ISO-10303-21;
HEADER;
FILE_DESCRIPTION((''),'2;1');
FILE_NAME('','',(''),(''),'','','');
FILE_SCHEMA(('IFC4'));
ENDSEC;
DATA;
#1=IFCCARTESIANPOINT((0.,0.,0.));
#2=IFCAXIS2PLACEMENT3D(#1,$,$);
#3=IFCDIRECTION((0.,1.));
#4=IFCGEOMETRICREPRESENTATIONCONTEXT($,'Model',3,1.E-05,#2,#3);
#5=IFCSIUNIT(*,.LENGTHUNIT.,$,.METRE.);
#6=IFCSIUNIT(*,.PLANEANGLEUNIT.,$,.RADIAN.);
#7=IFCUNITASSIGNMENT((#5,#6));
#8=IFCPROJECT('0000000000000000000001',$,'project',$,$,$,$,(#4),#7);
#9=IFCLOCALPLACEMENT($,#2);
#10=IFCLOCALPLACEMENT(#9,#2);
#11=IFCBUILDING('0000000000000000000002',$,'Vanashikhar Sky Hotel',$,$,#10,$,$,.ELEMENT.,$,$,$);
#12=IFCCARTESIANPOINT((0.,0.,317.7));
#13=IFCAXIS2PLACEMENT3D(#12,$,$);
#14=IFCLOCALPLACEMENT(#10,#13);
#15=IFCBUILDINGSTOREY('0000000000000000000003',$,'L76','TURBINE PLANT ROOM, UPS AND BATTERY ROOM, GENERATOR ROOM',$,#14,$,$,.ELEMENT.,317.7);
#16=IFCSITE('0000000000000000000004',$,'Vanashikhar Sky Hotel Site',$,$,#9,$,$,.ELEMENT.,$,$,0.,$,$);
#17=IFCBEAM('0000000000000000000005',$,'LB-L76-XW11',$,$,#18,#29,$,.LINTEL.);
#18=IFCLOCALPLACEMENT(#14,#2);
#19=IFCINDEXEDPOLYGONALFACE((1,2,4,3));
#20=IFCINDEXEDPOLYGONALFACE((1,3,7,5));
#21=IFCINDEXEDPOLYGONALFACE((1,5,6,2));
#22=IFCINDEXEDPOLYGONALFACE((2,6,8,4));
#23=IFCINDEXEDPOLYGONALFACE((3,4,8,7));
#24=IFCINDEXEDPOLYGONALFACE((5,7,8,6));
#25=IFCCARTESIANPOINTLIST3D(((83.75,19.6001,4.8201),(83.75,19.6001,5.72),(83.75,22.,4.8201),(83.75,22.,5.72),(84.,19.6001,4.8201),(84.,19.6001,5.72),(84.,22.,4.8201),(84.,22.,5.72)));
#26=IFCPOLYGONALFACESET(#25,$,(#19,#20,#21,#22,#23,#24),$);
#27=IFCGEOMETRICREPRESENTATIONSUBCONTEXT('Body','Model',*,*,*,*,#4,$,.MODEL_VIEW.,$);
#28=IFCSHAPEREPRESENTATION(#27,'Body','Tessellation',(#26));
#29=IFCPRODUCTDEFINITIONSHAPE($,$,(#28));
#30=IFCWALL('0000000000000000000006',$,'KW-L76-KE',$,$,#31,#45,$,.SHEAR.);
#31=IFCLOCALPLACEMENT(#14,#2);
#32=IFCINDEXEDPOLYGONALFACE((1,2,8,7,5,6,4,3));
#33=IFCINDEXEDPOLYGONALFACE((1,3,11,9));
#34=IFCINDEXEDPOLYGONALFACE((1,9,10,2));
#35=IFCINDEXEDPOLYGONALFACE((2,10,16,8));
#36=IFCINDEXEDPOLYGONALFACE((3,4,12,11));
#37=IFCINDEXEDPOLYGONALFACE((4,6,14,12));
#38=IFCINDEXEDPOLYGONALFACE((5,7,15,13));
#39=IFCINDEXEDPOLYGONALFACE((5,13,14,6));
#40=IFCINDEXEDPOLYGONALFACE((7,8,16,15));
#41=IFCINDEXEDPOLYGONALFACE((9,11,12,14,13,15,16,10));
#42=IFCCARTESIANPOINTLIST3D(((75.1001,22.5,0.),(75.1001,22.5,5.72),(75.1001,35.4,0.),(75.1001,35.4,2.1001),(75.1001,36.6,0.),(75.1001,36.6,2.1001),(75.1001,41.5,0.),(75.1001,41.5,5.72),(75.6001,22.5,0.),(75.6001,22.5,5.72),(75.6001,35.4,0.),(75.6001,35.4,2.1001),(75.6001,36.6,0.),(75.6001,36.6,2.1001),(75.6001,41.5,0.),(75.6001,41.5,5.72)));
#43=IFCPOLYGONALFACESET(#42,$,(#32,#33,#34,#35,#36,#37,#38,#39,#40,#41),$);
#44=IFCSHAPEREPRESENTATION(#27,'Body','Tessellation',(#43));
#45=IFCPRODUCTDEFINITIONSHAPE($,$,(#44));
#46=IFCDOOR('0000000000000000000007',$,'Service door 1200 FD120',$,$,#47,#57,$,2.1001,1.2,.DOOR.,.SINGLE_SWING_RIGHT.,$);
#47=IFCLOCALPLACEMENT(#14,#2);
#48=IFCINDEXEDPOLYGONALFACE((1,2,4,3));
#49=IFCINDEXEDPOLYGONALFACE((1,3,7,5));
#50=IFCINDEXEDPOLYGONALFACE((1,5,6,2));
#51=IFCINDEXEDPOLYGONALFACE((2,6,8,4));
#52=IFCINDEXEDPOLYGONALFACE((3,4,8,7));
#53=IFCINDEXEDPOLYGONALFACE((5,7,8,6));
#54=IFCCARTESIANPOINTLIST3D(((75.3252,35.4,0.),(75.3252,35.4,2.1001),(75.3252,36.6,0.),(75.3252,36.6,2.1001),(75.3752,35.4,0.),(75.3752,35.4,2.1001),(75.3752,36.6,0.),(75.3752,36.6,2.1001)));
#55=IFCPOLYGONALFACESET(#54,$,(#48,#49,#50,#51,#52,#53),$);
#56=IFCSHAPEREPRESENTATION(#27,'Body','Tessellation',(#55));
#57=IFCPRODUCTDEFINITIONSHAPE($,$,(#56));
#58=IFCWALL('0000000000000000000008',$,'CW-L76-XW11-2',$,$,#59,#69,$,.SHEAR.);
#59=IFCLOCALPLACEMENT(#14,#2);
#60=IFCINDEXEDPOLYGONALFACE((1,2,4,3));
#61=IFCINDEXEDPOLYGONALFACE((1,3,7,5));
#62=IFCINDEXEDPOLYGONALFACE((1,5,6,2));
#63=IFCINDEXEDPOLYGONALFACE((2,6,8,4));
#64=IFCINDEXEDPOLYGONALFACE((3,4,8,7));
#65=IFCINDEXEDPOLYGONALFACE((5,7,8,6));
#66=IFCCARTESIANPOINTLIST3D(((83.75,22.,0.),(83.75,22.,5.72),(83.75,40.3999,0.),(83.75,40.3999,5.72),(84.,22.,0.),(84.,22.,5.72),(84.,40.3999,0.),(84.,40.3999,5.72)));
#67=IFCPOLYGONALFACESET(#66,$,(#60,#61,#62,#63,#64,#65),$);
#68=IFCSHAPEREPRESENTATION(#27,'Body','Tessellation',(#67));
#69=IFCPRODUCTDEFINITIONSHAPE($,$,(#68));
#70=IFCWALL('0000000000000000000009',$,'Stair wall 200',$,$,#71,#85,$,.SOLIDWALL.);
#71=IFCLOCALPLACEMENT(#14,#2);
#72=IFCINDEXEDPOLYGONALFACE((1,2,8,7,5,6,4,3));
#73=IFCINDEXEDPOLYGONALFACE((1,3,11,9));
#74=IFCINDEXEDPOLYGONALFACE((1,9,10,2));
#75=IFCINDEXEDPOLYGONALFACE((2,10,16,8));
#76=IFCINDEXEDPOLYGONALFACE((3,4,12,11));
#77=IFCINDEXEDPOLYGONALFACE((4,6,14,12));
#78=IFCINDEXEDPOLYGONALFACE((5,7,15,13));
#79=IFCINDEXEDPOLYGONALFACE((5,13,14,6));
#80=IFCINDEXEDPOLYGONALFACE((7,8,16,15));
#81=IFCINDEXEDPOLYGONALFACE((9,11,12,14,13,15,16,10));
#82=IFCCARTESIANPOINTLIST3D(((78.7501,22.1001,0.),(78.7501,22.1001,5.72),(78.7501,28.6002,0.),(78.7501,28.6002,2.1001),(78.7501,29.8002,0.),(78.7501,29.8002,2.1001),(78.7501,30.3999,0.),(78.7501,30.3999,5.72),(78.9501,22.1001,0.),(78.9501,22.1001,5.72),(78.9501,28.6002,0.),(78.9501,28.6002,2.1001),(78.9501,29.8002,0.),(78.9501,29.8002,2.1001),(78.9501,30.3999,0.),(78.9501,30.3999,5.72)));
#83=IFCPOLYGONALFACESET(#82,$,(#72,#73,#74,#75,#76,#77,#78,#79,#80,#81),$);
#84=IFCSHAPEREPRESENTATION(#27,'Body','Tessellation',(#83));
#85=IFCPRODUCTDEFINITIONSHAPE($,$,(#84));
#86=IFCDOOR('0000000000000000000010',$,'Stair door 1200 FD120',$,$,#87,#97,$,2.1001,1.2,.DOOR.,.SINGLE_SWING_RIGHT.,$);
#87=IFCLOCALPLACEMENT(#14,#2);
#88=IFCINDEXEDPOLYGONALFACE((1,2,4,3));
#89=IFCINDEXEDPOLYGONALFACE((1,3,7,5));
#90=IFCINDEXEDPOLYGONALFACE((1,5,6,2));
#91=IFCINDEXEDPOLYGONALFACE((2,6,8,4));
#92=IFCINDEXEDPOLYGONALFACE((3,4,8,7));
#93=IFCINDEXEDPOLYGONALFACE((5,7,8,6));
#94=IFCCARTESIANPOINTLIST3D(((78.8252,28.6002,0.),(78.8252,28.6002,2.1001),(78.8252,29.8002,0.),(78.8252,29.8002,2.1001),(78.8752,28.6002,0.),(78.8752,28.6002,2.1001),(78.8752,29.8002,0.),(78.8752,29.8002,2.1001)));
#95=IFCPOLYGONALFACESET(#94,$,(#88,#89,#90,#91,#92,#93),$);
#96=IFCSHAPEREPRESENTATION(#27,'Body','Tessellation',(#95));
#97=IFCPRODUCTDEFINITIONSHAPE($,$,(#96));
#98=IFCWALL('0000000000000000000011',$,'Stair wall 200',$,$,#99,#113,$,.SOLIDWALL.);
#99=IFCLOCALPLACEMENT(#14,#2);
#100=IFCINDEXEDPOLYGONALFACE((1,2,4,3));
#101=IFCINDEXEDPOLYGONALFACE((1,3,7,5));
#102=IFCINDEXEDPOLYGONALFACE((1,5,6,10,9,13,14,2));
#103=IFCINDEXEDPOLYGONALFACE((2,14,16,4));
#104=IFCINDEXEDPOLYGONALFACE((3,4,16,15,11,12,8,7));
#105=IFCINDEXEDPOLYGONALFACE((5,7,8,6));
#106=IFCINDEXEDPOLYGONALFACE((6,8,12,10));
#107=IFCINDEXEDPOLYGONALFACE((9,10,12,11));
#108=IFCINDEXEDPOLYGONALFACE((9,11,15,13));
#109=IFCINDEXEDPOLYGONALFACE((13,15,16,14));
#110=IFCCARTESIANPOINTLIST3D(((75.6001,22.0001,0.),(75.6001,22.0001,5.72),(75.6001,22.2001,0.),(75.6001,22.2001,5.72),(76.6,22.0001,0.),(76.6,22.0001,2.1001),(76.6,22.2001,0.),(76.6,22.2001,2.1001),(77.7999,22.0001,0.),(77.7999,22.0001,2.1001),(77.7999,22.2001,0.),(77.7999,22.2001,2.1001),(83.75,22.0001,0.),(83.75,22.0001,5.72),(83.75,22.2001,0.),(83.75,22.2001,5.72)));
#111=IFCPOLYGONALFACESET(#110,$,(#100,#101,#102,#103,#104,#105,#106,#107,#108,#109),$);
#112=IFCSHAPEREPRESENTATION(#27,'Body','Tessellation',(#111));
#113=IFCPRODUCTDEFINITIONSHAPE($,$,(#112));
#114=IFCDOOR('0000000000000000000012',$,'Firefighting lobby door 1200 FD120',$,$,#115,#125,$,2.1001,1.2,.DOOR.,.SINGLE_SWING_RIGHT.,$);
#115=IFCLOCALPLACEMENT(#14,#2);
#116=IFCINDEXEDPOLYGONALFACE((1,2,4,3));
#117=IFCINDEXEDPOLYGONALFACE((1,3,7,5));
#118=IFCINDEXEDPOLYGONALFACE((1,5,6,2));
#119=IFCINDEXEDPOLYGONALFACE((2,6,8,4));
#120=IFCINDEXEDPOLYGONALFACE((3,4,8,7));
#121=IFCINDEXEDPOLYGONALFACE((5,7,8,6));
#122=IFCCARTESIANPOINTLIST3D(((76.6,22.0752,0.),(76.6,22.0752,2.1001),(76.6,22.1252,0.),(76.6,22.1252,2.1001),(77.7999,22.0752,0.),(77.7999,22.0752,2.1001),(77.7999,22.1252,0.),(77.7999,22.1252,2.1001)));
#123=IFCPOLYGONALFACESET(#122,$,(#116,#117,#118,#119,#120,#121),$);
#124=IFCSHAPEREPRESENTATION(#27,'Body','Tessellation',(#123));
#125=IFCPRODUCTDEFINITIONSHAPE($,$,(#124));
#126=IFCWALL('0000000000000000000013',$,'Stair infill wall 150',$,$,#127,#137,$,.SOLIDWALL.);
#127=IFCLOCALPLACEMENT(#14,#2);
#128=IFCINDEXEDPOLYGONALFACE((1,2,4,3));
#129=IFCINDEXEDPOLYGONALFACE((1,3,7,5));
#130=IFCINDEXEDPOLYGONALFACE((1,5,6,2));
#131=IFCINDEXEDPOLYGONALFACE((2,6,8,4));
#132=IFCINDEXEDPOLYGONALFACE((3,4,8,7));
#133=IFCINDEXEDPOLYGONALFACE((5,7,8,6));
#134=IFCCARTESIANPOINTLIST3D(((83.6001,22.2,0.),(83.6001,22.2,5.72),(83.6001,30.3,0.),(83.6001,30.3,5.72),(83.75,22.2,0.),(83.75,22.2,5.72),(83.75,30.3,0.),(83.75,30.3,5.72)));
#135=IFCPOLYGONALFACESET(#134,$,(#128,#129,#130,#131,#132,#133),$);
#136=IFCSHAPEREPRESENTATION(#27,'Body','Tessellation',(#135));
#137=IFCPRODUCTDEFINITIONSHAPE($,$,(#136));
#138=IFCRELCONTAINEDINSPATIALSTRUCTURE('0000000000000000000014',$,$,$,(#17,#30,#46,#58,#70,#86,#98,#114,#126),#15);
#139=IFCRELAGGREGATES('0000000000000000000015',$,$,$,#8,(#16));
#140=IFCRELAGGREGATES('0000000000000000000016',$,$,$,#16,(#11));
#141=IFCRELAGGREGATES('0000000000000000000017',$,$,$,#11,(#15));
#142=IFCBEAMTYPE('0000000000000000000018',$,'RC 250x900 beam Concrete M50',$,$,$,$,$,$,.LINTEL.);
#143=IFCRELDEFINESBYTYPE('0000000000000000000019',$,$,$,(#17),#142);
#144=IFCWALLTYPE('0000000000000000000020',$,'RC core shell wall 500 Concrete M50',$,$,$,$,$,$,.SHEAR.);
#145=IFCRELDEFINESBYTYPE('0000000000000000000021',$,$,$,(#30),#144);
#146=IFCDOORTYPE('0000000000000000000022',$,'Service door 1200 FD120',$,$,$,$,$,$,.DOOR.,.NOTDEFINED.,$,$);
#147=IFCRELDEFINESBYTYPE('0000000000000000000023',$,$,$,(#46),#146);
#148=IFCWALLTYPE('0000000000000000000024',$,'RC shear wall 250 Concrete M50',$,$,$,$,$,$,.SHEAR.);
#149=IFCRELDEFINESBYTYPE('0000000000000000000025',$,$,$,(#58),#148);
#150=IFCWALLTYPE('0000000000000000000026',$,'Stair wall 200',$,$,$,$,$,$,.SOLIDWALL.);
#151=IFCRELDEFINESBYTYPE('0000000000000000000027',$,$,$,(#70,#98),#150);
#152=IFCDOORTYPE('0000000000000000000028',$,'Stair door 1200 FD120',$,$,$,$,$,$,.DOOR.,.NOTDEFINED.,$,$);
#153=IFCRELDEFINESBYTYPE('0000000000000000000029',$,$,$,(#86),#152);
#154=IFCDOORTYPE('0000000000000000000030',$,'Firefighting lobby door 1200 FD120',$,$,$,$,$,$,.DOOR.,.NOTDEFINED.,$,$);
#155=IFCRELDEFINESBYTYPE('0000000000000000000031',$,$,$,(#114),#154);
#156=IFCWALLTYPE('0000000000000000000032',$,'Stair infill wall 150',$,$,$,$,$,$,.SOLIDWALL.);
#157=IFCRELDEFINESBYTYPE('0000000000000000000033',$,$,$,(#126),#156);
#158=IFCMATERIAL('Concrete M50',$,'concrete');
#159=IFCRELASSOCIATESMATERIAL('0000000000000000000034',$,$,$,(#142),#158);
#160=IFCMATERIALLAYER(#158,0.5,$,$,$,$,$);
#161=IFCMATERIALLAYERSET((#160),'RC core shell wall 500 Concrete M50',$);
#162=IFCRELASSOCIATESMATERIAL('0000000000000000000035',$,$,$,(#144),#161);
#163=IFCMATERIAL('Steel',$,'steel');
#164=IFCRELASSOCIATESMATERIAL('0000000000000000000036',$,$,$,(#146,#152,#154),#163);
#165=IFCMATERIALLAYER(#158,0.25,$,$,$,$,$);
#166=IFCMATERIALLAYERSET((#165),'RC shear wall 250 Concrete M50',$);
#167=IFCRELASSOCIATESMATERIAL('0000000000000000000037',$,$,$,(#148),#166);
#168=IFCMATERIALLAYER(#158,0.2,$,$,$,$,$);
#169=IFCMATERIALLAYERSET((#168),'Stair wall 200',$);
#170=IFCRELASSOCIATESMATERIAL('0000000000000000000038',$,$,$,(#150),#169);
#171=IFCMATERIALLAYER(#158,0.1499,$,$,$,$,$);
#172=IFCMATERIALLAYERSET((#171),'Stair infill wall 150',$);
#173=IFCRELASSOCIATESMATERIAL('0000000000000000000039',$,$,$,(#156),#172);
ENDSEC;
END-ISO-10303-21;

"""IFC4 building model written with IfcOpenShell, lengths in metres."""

from ifc_helpers import new_model, si_unit, direction, frame, frame_2d, origin, origin_2d, place, context, subcontext, project, spatial, rectangle, extrude, source, transform, mapped, material, layer, layer_set, material_profile, profile_set, type_object, element, fill, save


model = new_model("IFC4")

# Units and contexts
model_context = context("Model", 3, precision=1e-05, world=origin(), true_north=direction((0.0, 1.0)))
body_context = subcontext(model_context, "Body", "Model", "MODEL_VIEW")
ifc_project = project(units=[si_unit("LENGTHUNIT", "METRE"), si_unit("PLANEANGLEUNIT", "RADIAN")], contexts=[model_context])

# Site, building, storey
site_placement = place(None, origin())
site = spatial("IfcSite", under=ifc_project, at=site_placement, Name="Vanashikhar Sky Hotel Site", CompositionType="ELEMENT", RefElevation=0.0)
building_placement = place(site_placement, origin())
building = spatial("IfcBuilding", under=site, at=building_placement, Name="Vanashikhar Sky Hotel", CompositionType="ELEMENT")
storey_placement = place(building_placement, frame((0.0, 0.0, 317.7)))
storey = spatial("IfcBuildingStorey", under=building, at=storey_placement, Name="L76", Description="TURBINE PLANT ROOM, UPS AND BATTERY ROOM, GENERATOR ROOM", CompositionType="ELEMENT", Elevation=317.7)

# Beam
ifc_material_1 = material(Name="Concrete M50", Category="concrete")
ifc_material_profile = material_profile(ifc_material_1, rectangle(XDim=0.25, YDim=0.8999, at=origin_2d()))
ifc_profile_set = profile_set([ifc_material_profile], Name="RC 250x900 beam Concrete M50")
beam_type = type_object("IfcBeamType", Name="RC 250x900 beam Concrete M50", PredefinedType="LINTEL", material=ifc_profile_set)
shared_shape_1 = source(origin(), body_context, "Body", "SweptSolid", [
    extrude(rectangle(XDim=0.25, YDim=0.8999, at=origin_2d()), origin(), (0.0, 0.0, 1.0), 2.3999),
])
beam_placement = place(storey_placement, frame((83.875, 19.6001, 5.27), z_axis=(0.0, 1.0, 0.0), x_axis=(-1.0, 0.0, 0.0)))
element("IfcBeam", 1, at=beam_placement, inside=storey, type_object=beam_type, Name="LB-L76-XW11", PredefinedType="LINTEL", context=body_context, shape_type="MappedRepresentation", body=[
    mapped(shared_shape_1, transform((0.0, 0.0, 0.0), scale=1.0)),
])

# Wall, opening, door
ifc_layer_1 = layer(ifc_material_1, 0.5)
ifc_layer_set_1 = layer_set([ifc_layer_1], Name="RC core shell wall 500 Concrete M50")
wall_type_1 = type_object("IfcWallType", Name="RC core shell wall 500 Concrete M50", PredefinedType="SHEAR", material=ifc_layer_set_1)
shared_shape_2 = source(origin(), body_context, "Body", "SweptSolid", [
    extrude(rectangle(XDim=19.0, YDim=0.5, at=frame_2d((9.5, 0.0))), origin(), (0.0, 0.0, 1.0), 5.72),
])
wall_1_placement = place(storey_placement, frame((75.3501, 22.5, 0.0), z_axis=(0.0, 0.0, 1.0), x_axis=(0.0, 1.0, 0.0)))
wall_1 = element("IfcWall", 2, at=wall_1_placement, inside=storey, type_object=wall_type_1, Name="KW-L76-KE", PredefinedType="SHEAR", context=body_context, shape_type="MappedRepresentation", body=[
    mapped(shared_shape_2, transform((0.0, 0.0, 0.0), scale=1.0)),
])
shared_shape_3 = source(origin(), body_context, "Body", "SweptSolid", [
    extrude(rectangle(XDim=1.2, YDim=2.1001, at=frame_2d((0.6001, 1.05))), frame((0.0, 0.26, 0.0), z_axis=(0.0, -1.0, 0.0), x_axis=(1.0, 0.0, 0.0)), (0.0, 0.0, 1.0), 0.52),
])
opening_1_placement = place(wall_1_placement, frame((12.8999, 0.0, 0.0)))
opening_1 = element("IfcOpeningElement", 3, at=opening_1_placement, cuts=wall_1, PredefinedType="OPENING", context=body_context, shape_type="MappedRepresentation", body=[
    mapped(shared_shape_3, transform((0.0, 0.0, 0.0), scale=1.0)),
])
ifc_material_2 = material(Name="Steel", Category="steel")
door_type_1 = type_object("IfcDoorType", Name="Service door 1200 FD120", OperationType="NOTDEFINED", PredefinedType="DOOR", material=ifc_material_2)
shared_shape_4 = source(origin(), body_context, "Body", "SweptSolid", [
    extrude(rectangle(XDim=1.2, YDim=2.1001, at=frame_2d((0.6001, 1.05))), frame((0.0, 0.0249, 0.0), z_axis=(0.0, -1.0, 0.0), x_axis=(1.0, 0.0, 0.0)), (0.0, 0.0, 1.0), 0.05),
])
door_1_placement = place(opening_1_placement, origin())
door_1 = element("IfcDoor", 4, at=door_1_placement, inside=storey, type_object=door_type_1, Name="Service door 1200 FD120", OperationType="SINGLE_SWING_RIGHT", OverallHeight=2.1001, OverallWidth=1.2, PredefinedType="DOOR", context=body_context, shape_type="MappedRepresentation", body=[
    mapped(shared_shape_4, transform((0.0, 0.0, 0.0), scale=1.0)),
])
fill(opening_1, door_1)

# Wall
ifc_layer_2 = layer(ifc_material_1, 0.25)
ifc_layer_set_2 = layer_set([ifc_layer_2], Name="RC shear wall 250 Concrete M50")
wall_type_2 = type_object("IfcWallType", Name="RC shear wall 250 Concrete M50", PredefinedType="SHEAR", material=ifc_layer_set_2)
shared_shape_5 = source(origin(), body_context, "Body", "SweptSolid", [
    extrude(rectangle(XDim=18.3999, YDim=0.25, at=frame_2d((9.2, 0.0))), origin(), (0.0, 0.0, 1.0), 5.72),
])
wall_2_placement = place(storey_placement, frame((83.875, 22.0, 0.0), z_axis=(0.0, 0.0, 1.0), x_axis=(0.0, 1.0, 0.0)))
element("IfcWall", 5, at=wall_2_placement, inside=storey, type_object=wall_type_2, Name="CW-L76-XW11-2", PredefinedType="SHEAR", context=body_context, shape_type="MappedRepresentation", body=[
    mapped(shared_shape_5, transform((0.0, 0.0, 0.0), scale=1.0)),
])

# Walls, openings, doors
ifc_layer_3 = layer(ifc_material_1, 0.2)
ifc_layer_set_3 = layer_set([ifc_layer_3], Name="Stair wall 200")
wall_type_3 = type_object("IfcWallType", Name="Stair wall 200", PredefinedType="SOLIDWALL", material=ifc_layer_set_3)
shared_shape_6 = source(origin(), body_context, "Body", "SweptSolid", [
    extrude(rectangle(XDim=8.2998, YDim=0.2, at=frame_2d((4.1499, 0.0))), origin(), (0.0, 0.0, 1.0), 5.72),
])
wall_3_placement = place(storey_placement, frame((78.8501, 22.1001, 0.0), z_axis=(0.0, 0.0, 1.0), x_axis=(0.0, 1.0, 0.0)))
wall_3 = element("IfcWall", 6, at=wall_3_placement, inside=storey, type_object=wall_type_3, Name="Stair wall 200", PredefinedType="SOLIDWALL", context=body_context, shape_type="MappedRepresentation", body=[
    mapped(shared_shape_6, transform((0.0, 0.0, 0.0), scale=1.0)),
])
shared_shape_7 = source(origin(), body_context, "Body", "SweptSolid", [
    extrude(rectangle(XDim=1.2, YDim=2.1001, at=frame_2d((0.6001, 1.05))), frame((0.0, 0.1099, 0.0), z_axis=(0.0, -1.0, 0.0), x_axis=(1.0, 0.0, 0.0)), (0.0, 0.0, 1.0), 0.22),
])
opening_2_placement = place(wall_3_placement, frame((6.5, 0.0, 0.0)))
opening_2 = element("IfcOpeningElement", 7, at=opening_2_placement, cuts=wall_3, PredefinedType="OPENING", context=body_context, shape_type="MappedRepresentation", body=[
    mapped(shared_shape_7, transform((0.0, 0.0, 0.0), scale=1.0)),
])
door_type_2 = type_object("IfcDoorType", Name="Stair door 1200 FD120", OperationType="NOTDEFINED", PredefinedType="DOOR", material=ifc_material_2)
door_2_placement = place(opening_2_placement, origin())
door_2 = element("IfcDoor", 8, at=door_2_placement, inside=storey, type_object=door_type_2, Name="Stair door 1200 FD120", OperationType="SINGLE_SWING_RIGHT", OverallHeight=2.1001, OverallWidth=1.2, PredefinedType="DOOR", context=body_context, shape_type="MappedRepresentation", body=[
    mapped(shared_shape_4, transform((0.0, 0.0, 0.0), scale=1.0)),
])
fill(opening_2, door_2)
shared_shape_8 = source(origin(), body_context, "Body", "SweptSolid", [
    extrude(rectangle(XDim=8.1499, YDim=0.2, at=frame_2d((4.075, 0.0))), origin(), (0.0, 0.0, 1.0), 5.72),
])
wall_4_placement = place(storey_placement, frame((83.75, 22.1001, 0.0), z_axis=(0.0, 0.0, 1.0), x_axis=(-1.0, 0.0, 0.0)))
wall_4 = element("IfcWall", 9, at=wall_4_placement, inside=storey, type_object=wall_type_3, Name="Stair wall 200", PredefinedType="SOLIDWALL", context=body_context, shape_type="MappedRepresentation", body=[
    mapped(shared_shape_8, transform((0.0, 0.0, 0.0), scale=1.0)),
])
opening_3_placement = place(wall_4_placement, frame((5.95, 0.0, 0.0)))
opening_3 = element("IfcOpeningElement", 10, at=opening_3_placement, cuts=wall_4, PredefinedType="OPENING", context=body_context, shape_type="MappedRepresentation", body=[
    mapped(shared_shape_7, transform((0.0, 0.0, 0.0), scale=1.0)),
])
door_type_3 = type_object("IfcDoorType", Name="Firefighting lobby door 1200 FD120", OperationType="NOTDEFINED", PredefinedType="DOOR", material=ifc_material_2)
door_3_placement = place(opening_3_placement, origin())
door_3 = element("IfcDoor", 11, at=door_3_placement, inside=storey, type_object=door_type_3, Name="Firefighting lobby door 1200 FD120", OperationType="SINGLE_SWING_RIGHT", OverallHeight=2.1001, OverallWidth=1.2, PredefinedType="DOOR", context=body_context, shape_type="MappedRepresentation", body=[
    mapped(shared_shape_4, transform((0.0, 0.0, 0.0), scale=1.0)),
])
fill(opening_3, door_3)

# Wall
ifc_layer_4 = layer(ifc_material_1, 0.1499)
ifc_layer_set_4 = layer_set([ifc_layer_4], Name="Stair infill wall 150")
wall_type_4 = type_object("IfcWallType", Name="Stair infill wall 150", PredefinedType="SOLIDWALL", material=ifc_layer_set_4)
shared_shape_9 = source(origin(), body_context, "Body", "SweptSolid", [
    extrude(rectangle(XDim=8.1001, YDim=0.1499, at=frame_2d((4.05, 0.0))), origin(), (0.0, 0.0, 1.0), 5.72),
])
wall_5_placement = place(storey_placement, frame((83.675, 22.2, 0.0), z_axis=(0.0, 0.0, 1.0), x_axis=(0.0, 1.0, 0.0)))
element("IfcWall", 12, at=wall_5_placement, inside=storey, type_object=wall_type_4, Name="Stair infill wall 150", PredefinedType="SOLIDWALL", context=body_context, shape_type="MappedRepresentation", body=[
    mapped(shared_shape_9, transform((0.0, 0.0, 0.0), scale=1.0)),
])

save(model, "model.ifc")
